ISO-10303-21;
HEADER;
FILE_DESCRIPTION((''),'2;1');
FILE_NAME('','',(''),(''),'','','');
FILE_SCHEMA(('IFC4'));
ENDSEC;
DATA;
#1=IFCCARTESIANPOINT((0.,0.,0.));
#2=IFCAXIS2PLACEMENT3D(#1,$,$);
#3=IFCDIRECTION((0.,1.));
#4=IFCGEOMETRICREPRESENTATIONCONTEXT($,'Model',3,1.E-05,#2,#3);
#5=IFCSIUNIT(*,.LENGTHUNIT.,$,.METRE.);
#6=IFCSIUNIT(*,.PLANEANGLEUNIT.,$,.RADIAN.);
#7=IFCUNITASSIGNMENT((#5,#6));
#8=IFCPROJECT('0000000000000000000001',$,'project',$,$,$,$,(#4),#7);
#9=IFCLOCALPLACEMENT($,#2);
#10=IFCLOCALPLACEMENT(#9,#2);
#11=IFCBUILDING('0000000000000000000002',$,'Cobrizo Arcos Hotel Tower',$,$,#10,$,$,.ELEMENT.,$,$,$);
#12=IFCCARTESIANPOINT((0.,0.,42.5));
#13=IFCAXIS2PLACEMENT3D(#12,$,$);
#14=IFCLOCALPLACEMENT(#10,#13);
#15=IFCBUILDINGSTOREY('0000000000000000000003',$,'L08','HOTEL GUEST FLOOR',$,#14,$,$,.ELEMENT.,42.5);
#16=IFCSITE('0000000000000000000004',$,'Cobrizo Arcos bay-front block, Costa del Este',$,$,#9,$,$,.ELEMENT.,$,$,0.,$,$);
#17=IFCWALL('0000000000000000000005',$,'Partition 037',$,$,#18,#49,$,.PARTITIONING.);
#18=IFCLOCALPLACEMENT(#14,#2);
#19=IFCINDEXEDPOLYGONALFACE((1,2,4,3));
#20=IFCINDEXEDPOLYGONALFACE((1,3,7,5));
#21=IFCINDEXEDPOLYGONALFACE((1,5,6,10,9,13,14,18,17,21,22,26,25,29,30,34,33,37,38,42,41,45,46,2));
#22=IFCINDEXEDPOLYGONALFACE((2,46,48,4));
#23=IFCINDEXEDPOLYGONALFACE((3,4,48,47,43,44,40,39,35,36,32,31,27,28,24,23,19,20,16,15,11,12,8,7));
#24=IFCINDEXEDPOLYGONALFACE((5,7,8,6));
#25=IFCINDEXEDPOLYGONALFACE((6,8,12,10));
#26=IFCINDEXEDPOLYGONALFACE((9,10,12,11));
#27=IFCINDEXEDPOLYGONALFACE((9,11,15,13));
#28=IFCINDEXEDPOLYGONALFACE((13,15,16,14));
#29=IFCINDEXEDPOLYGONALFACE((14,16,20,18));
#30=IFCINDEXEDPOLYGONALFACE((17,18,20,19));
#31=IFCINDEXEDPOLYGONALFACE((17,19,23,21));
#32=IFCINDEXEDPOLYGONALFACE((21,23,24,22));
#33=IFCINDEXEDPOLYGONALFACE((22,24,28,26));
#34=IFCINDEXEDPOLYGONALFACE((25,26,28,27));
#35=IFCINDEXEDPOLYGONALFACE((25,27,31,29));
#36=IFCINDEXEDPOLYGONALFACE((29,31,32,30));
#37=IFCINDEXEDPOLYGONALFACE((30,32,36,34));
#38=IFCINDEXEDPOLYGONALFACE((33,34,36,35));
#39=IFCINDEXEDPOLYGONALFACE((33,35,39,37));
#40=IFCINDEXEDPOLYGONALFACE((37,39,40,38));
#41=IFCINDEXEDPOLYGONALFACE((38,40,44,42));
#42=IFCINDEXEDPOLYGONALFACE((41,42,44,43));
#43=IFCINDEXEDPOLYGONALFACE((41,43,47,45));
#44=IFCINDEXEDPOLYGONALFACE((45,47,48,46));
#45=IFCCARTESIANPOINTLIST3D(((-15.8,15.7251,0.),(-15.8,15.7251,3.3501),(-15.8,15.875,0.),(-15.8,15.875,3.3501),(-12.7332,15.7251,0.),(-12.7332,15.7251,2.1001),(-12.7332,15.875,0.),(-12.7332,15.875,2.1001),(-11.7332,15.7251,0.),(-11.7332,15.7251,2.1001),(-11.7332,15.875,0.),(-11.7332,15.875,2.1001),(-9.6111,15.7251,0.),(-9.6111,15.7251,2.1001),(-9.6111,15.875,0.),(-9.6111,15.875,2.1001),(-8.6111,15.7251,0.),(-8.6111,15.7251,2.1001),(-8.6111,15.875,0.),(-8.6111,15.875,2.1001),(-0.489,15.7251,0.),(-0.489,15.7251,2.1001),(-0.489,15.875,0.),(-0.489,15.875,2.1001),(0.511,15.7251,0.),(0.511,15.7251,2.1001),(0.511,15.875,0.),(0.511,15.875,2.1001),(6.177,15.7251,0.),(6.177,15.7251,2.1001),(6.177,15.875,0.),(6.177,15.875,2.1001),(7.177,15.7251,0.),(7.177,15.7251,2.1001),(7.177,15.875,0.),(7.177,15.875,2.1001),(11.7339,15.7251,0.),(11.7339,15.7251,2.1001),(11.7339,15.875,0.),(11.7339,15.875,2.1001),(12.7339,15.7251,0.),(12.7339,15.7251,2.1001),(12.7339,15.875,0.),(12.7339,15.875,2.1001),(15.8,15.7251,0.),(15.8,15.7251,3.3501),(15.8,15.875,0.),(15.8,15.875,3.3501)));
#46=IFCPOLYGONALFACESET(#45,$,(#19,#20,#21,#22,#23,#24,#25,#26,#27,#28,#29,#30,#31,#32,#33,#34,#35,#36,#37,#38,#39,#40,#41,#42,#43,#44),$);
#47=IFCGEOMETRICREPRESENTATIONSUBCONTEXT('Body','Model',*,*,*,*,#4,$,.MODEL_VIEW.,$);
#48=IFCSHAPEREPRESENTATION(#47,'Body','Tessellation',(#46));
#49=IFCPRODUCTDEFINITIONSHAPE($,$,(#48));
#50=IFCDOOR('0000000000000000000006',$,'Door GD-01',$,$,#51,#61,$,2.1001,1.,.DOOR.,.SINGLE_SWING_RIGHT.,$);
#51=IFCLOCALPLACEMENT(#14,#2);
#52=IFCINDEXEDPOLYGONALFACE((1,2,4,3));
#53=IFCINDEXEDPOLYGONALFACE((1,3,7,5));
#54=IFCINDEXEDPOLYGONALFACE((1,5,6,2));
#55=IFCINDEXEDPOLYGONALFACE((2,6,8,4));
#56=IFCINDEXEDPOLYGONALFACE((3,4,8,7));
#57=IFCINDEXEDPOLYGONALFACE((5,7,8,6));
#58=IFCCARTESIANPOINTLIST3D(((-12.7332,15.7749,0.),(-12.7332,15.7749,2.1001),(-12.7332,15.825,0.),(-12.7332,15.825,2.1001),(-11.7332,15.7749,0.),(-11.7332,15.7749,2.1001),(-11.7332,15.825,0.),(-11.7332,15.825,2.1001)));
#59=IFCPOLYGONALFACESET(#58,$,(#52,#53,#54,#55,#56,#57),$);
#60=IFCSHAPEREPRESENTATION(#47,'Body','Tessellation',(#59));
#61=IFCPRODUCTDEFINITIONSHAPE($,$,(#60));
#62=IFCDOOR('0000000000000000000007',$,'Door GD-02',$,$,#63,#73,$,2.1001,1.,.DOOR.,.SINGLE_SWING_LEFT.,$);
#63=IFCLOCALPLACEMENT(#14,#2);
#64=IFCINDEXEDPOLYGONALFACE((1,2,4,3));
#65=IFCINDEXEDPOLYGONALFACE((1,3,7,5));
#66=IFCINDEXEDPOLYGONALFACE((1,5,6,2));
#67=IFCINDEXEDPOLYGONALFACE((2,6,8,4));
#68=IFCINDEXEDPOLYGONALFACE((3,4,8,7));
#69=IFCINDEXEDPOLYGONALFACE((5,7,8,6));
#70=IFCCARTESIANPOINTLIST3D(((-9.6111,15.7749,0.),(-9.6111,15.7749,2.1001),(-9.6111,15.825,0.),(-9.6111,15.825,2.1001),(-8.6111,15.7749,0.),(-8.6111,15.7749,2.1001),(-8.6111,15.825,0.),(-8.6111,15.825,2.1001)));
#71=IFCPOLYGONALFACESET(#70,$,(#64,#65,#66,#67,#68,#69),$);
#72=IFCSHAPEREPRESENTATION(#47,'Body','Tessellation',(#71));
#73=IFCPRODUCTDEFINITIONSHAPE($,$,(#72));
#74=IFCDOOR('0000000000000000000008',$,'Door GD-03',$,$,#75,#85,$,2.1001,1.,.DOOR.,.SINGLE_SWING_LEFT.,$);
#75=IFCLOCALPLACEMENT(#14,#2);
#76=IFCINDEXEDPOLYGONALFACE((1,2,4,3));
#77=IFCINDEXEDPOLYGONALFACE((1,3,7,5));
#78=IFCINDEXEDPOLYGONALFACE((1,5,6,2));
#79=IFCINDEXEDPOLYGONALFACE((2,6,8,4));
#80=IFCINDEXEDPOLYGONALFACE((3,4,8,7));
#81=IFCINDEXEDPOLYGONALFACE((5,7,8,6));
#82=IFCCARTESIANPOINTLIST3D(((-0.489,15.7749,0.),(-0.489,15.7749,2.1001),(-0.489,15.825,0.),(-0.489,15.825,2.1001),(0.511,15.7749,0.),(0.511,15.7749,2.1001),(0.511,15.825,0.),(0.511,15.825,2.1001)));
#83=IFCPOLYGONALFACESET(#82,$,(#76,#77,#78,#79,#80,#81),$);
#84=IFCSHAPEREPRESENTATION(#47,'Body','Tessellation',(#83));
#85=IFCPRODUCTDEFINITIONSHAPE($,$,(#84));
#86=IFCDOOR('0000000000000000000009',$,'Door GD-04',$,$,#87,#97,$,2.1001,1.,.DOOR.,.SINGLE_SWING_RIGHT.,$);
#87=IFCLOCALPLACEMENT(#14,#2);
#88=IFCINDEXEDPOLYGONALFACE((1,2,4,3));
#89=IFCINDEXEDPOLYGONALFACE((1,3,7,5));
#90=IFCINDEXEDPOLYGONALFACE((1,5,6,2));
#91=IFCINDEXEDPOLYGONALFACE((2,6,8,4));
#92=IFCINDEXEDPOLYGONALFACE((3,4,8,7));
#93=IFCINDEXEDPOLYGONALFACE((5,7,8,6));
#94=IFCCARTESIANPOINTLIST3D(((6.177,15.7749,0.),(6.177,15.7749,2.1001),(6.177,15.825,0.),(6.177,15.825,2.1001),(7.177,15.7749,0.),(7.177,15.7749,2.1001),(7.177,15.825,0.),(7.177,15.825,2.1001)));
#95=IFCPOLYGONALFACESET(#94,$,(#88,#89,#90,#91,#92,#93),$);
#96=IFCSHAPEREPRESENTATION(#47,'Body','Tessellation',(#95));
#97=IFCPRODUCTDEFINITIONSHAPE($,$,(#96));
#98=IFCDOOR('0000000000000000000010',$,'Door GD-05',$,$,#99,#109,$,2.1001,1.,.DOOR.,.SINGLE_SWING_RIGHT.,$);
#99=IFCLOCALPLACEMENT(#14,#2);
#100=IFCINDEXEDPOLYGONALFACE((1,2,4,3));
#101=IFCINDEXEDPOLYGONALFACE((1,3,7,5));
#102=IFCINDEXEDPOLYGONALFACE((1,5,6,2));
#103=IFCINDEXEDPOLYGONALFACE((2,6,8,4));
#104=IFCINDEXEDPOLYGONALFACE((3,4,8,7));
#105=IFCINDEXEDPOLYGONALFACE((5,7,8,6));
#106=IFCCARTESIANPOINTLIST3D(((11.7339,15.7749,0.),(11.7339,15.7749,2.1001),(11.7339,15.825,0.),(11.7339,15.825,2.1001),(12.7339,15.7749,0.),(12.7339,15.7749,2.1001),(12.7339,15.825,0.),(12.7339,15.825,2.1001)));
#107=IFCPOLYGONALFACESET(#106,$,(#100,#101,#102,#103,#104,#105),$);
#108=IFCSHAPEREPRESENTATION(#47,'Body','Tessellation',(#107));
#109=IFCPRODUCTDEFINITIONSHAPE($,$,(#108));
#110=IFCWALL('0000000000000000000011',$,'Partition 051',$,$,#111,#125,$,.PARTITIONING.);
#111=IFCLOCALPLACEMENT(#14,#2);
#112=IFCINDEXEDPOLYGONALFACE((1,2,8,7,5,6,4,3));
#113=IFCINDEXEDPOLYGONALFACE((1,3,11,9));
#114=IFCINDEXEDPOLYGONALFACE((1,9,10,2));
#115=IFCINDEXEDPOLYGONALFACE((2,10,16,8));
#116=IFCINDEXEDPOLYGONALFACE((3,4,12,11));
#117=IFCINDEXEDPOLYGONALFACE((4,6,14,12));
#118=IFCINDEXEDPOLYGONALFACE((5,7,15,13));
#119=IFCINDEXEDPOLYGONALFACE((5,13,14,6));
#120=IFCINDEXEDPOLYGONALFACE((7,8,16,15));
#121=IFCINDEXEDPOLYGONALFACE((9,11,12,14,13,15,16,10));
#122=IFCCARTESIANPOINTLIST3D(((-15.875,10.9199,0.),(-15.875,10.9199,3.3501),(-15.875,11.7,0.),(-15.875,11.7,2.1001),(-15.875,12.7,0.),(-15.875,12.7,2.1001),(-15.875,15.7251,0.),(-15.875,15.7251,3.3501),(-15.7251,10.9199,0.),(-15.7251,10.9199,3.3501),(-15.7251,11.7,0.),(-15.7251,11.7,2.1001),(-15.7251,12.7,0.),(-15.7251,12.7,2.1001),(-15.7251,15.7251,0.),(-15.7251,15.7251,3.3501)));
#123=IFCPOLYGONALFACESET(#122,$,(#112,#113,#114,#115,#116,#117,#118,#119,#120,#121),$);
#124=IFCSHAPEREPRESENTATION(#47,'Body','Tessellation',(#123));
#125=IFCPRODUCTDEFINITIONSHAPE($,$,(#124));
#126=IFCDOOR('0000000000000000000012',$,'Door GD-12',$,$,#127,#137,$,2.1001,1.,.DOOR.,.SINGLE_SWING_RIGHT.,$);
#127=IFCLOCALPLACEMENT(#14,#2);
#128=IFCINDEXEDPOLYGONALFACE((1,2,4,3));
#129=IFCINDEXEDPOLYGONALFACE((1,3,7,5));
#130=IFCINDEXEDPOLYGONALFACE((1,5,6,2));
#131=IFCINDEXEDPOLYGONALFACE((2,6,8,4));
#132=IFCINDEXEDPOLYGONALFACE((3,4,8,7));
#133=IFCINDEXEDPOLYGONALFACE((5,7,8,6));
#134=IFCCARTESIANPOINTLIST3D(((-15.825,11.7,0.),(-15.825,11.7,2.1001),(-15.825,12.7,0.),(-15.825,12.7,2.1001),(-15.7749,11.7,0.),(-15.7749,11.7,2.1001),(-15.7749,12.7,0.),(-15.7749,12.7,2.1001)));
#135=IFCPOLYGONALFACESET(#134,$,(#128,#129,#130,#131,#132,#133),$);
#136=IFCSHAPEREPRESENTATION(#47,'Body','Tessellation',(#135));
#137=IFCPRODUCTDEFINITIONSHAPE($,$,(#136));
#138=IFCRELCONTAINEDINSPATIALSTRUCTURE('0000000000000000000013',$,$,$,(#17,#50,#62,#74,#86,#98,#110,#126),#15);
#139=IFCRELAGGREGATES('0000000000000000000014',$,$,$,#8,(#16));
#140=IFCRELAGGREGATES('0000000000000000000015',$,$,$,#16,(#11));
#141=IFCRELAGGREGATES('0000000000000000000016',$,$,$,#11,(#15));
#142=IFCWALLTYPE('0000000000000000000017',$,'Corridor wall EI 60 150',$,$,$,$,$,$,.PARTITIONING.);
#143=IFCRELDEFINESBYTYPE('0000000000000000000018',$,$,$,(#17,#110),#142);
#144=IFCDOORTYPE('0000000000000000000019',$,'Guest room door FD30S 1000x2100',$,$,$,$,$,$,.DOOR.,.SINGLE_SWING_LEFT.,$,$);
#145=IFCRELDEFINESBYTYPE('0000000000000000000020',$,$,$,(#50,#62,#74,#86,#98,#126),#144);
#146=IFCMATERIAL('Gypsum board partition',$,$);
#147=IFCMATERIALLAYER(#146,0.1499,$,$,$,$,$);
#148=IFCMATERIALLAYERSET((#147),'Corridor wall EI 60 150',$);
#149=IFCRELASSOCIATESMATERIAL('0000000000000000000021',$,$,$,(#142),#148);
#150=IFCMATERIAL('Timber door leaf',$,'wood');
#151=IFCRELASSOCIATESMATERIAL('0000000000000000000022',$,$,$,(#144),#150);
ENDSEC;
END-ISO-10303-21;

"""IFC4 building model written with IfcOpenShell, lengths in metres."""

from ifc_helpers import new_model, si_unit, direction, frame, frame_2d, origin, place, context, subcontext, project, spatial, rectangle, extrude, material, layer, layer_set, type_object, element, fill, save


model = new_model("IFC4")

# Units and contexts
model_context = context("Model", 3, precision=1e-05, world=origin(), true_north=direction((0.0, 1.0)))
body_context = subcontext(model_context, "Body", "Model", "MODEL_VIEW")
ifc_project = project(units=[si_unit("LENGTHUNIT", "METRE"), si_unit("PLANEANGLEUNIT", "RADIAN")], contexts=[model_context])

# Site, building, storey
site_placement = place(None, origin())
site = spatial("IfcSite", under=ifc_project, at=site_placement, Name="Cobrizo Arcos bay-front block, Costa del Este", CompositionType="ELEMENT", RefElevation=0.0)
building_placement = place(site_placement, origin())
building = spatial("IfcBuilding", under=site, at=building_placement, Name="Cobrizo Arcos Hotel Tower", CompositionType="ELEMENT")
storey_placement = place(building_placement, frame((0.0, 0.0, 42.5)))
storey = spatial("IfcBuildingStorey", under=building, at=storey_placement, Name="L08", Description="HOTEL GUEST FLOOR", CompositionType="ELEMENT", Elevation=42.5)

# Wall, openings, doors
ifc_material_1 = material(Name="Gypsum board partition")
ifc_layer_1 = layer(ifc_material_1, 0.1499)
ifc_layer_set_1 = layer_set([ifc_layer_1], Name="Corridor wall EI 60 150")
wall_type_1 = type_object("IfcWallType", Name="Corridor wall EI 60 150", PredefinedType="PARTITIONING", material=ifc_layer_set_1)
wall_1_placement = place(storey_placement, frame((-15.8, 15.8, 0.0), z_axis=(0.0, 0.0, 1.0), x_axis=(1.0, 0.0, 0.0)))
wall_1 = element("IfcWall", 1, at=wall_1_placement, inside=storey, type_object=wall_type_1, Name="Partition 037", PredefinedType="PARTITIONING", context=body_context, shape_type="SweptSolid", body=[
    extrude(rectangle(XDim=31.6001, YDim=0.1499, at=frame_2d((15.8, 0.0))), origin(), (0.0, 0.0, 1.0), 3.3501),
])
opening_1_placement = place(wall_1_placement, frame((3.0669, 0.0, 0.0)))
opening_1 = element("IfcOpeningElement", 2, at=opening_1_placement, cuts=wall_1, PredefinedType="OPENING", context=body_context, shape_type="SweptSolid", body=[
    extrude(rectangle(XDim=1.0, YDim=2.1001, at=frame_2d((0.5, 1.05))), frame((0.0, 0.0869, 0.0), z_axis=(0.0, -1.0, 0.0), x_axis=(1.0, 0.0, 0.0)), (0.0, 0.0, 1.0), 0.1738),
])
opening_2_placement = place(wall_1_placement, frame((6.189, 0.0, 0.0)))
opening_2 = element("IfcOpeningElement", 3, at=opening_2_placement, cuts=wall_1, PredefinedType="OPENING", context=body_context, shape_type="SweptSolid", body=[
    extrude(rectangle(XDim=1.0, YDim=2.1001, at=frame_2d((0.5, 1.05))), frame((0.0, 0.0869, 0.0), z_axis=(0.0, -1.0, 0.0), x_axis=(1.0, 0.0, 0.0)), (0.0, 0.0, 1.0), 0.1738),
])
opening_3_placement = place(wall_1_placement, frame((15.311, 0.0, 0.0)))
opening_3 = element("IfcOpeningElement", 4, at=opening_3_placement, cuts=wall_1, PredefinedType="OPENING", context=body_context, shape_type="SweptSolid", body=[
    extrude(rectangle(XDim=1.0, YDim=2.1001, at=frame_2d((0.5, 1.05))), frame((0.0, 0.0869, 0.0), z_axis=(0.0, -1.0, 0.0), x_axis=(1.0, 0.0, 0.0)), (0.0, 0.0, 1.0), 0.1738),
])
opening_4_placement = place(wall_1_placement, frame((21.9771, 0.0, 0.0)))
opening_4 = element("IfcOpeningElement", 5, at=opening_4_placement, cuts=wall_1, PredefinedType="OPENING", context=body_context, shape_type="SweptSolid", body=[
    extrude(rectangle(XDim=1.0, YDim=2.1001, at=frame_2d((0.5, 1.05))), frame((0.0, 0.0869, 0.0), z_axis=(0.0, -1.0, 0.0), x_axis=(1.0, 0.0, 0.0)), (0.0, 0.0, 1.0), 0.1738),
])
opening_5_placement = place(wall_1_placement, frame((27.5339, 0.0, 0.0)))
opening_5 = element("IfcOpeningElement", 6, at=opening_5_placement, cuts=wall_1, PredefinedType="OPENING", context=body_context, shape_type="SweptSolid", body=[
    extrude(rectangle(XDim=1.0, YDim=2.1001, at=frame_2d((0.5, 1.05))), frame((0.0, 0.0869, 0.0), z_axis=(0.0, -1.0, 0.0), x_axis=(1.0, 0.0, 0.0)), (0.0, 0.0, 1.0), 0.1738),
])
ifc_material_2 = material(Name="Timber door leaf", Category="wood")
door_type = type_object("IfcDoorType", Name="Guest room door FD30S 1000x2100", OperationType="SINGLE_SWING_LEFT", PredefinedType="DOOR", material=ifc_material_2)
door_1_placement = place(opening_1_placement, origin())
door_1 = element("IfcDoor", 7, at=door_1_placement, inside=storey, type_object=door_type, Name="Door GD-01", OperationType="SINGLE_SWING_RIGHT", OverallHeight=2.1001, OverallWidth=1.0, PredefinedType="DOOR", context=body_context, shape_type="SweptSolid", body=[
    extrude(rectangle(XDim=1.0, YDim=2.1001, at=frame_2d((0.5, 1.05))), frame((0.0, 0.0249, 0.0), z_axis=(0.0, -1.0, 0.0), x_axis=(1.0, 0.0, 0.0)), (0.0, 0.0, 1.0), 0.05),
])
fill(opening_1, door_1)
door_2_placement = place(opening_2_placement, origin())
door_2 = element("IfcDoor", 8, at=door_2_placement, inside=storey, type_object=door_type, Name="Door GD-02", OperationType="SINGLE_SWING_LEFT", OverallHeight=2.1001, OverallWidth=1.0, PredefinedType="DOOR", context=body_context, shape_type="SweptSolid", body=[
    extrude(rectangle(XDim=1.0, YDim=2.1001, at=frame_2d((0.5, 1.05))), frame((0.0, 0.0249, 0.0), z_axis=(0.0, -1.0, 0.0), x_axis=(1.0, 0.0, 0.0)), (0.0, 0.0, 1.0), 0.05),
])
fill(opening_2, door_2)
door_3_placement = place(opening_3_placement, origin())
door_3 = element("IfcDoor", 9, at=door_3_placement, inside=storey, type_object=door_type, Name="Door GD-03", OperationType="SINGLE_SWING_LEFT", OverallHeight=2.1001, OverallWidth=1.0, PredefinedType="DOOR", context=body_context, shape_type="SweptSolid", body=[
    extrude(rectangle(XDim=1.0, YDim=2.1001, at=frame_2d((0.5, 1.05))), frame((0.0, 0.0249, 0.0), z_axis=(0.0, -1.0, 0.0), x_axis=(1.0, 0.0, 0.0)), (0.0, 0.0, 1.0), 0.05),
])
fill(opening_3, door_3)
door_4_placement = place(opening_4_placement, origin())
door_4 = element("IfcDoor", 10, at=door_4_placement, inside=storey, type_object=door_type, Name="Door GD-04", OperationType="SINGLE_SWING_RIGHT", OverallHeight=2.1001, OverallWidth=1.0, PredefinedType="DOOR", context=body_context, shape_type="SweptSolid", body=[
    extrude(rectangle(XDim=1.0, YDim=2.1001, at=frame_2d((0.5, 1.05))), frame((0.0, 0.0249, 0.0), z_axis=(0.0, -1.0, 0.0), x_axis=(1.0, 0.0, 0.0)), (0.0, 0.0, 1.0), 0.05),
])
fill(opening_4, door_4)
door_5_placement = place(opening_5_placement, origin())
door_5 = element("IfcDoor", 11, at=door_5_placement, inside=storey, type_object=door_type, Name="Door GD-05", OperationType="SINGLE_SWING_RIGHT", OverallHeight=2.1001, OverallWidth=1.0, PredefinedType="DOOR", context=body_context, shape_type="SweptSolid", body=[
    extrude(rectangle(XDim=1.0, YDim=2.1001, at=frame_2d((0.5, 1.05))), frame((0.0, 0.0249, 0.0), z_axis=(0.0, -1.0, 0.0), x_axis=(1.0, 0.0, 0.0)), (0.0, 0.0, 1.0), 0.05),
])
fill(opening_5, door_5)

# Wall, opening, door
wall_2_placement = place(storey_placement, frame((-15.8, 10.9199, 0.0), z_axis=(0.0, 0.0, 1.0), x_axis=(0.0, 1.0, 0.0)))
wall_2 = element("IfcWall", 12, at=wall_2_placement, inside=storey, type_object=wall_type_1, Name="Partition 051", PredefinedType="PARTITIONING", context=body_context, shape_type="SweptSolid", body=[
    extrude(rectangle(XDim=4.8052, YDim=0.1499, at=frame_2d((2.4026, 0.0))), origin(), (0.0, 0.0, 1.0), 3.3501),
])
opening_6_placement = place(wall_2_placement, frame((0.78, 0.0, 0.0)))
opening_6 = element("IfcOpeningElement", 13, at=opening_6_placement, cuts=wall_2, PredefinedType="OPENING", context=body_context, shape_type="SweptSolid", body=[
    extrude(rectangle(XDim=1.0, YDim=2.1001, at=frame_2d((0.5, 1.05))), frame((0.0, 0.0869, 0.0), z_axis=(0.0, -1.0, 0.0), x_axis=(1.0, 0.0, 0.0)), (0.0, 0.0, 1.0), 0.1738),
])
door_6_placement = place(opening_6_placement, origin())
door_6 = element("IfcDoor", 14, at=door_6_placement, inside=storey, type_object=door_type, Name="Door GD-12", OperationType="SINGLE_SWING_RIGHT", OverallHeight=2.1001, OverallWidth=1.0, PredefinedType="DOOR", context=body_context, shape_type="SweptSolid", body=[
    extrude(rectangle(XDim=1.0, YDim=2.1001, at=frame_2d((0.5, 1.05))), frame((0.0, 0.0249, 0.0), z_axis=(0.0, -1.0, 0.0), x_axis=(1.0, 0.0, 0.0)), (0.0, 0.0, 1.0), 0.05),
])
fill(opening_6, door_6)

save(model, "model.ifc")
